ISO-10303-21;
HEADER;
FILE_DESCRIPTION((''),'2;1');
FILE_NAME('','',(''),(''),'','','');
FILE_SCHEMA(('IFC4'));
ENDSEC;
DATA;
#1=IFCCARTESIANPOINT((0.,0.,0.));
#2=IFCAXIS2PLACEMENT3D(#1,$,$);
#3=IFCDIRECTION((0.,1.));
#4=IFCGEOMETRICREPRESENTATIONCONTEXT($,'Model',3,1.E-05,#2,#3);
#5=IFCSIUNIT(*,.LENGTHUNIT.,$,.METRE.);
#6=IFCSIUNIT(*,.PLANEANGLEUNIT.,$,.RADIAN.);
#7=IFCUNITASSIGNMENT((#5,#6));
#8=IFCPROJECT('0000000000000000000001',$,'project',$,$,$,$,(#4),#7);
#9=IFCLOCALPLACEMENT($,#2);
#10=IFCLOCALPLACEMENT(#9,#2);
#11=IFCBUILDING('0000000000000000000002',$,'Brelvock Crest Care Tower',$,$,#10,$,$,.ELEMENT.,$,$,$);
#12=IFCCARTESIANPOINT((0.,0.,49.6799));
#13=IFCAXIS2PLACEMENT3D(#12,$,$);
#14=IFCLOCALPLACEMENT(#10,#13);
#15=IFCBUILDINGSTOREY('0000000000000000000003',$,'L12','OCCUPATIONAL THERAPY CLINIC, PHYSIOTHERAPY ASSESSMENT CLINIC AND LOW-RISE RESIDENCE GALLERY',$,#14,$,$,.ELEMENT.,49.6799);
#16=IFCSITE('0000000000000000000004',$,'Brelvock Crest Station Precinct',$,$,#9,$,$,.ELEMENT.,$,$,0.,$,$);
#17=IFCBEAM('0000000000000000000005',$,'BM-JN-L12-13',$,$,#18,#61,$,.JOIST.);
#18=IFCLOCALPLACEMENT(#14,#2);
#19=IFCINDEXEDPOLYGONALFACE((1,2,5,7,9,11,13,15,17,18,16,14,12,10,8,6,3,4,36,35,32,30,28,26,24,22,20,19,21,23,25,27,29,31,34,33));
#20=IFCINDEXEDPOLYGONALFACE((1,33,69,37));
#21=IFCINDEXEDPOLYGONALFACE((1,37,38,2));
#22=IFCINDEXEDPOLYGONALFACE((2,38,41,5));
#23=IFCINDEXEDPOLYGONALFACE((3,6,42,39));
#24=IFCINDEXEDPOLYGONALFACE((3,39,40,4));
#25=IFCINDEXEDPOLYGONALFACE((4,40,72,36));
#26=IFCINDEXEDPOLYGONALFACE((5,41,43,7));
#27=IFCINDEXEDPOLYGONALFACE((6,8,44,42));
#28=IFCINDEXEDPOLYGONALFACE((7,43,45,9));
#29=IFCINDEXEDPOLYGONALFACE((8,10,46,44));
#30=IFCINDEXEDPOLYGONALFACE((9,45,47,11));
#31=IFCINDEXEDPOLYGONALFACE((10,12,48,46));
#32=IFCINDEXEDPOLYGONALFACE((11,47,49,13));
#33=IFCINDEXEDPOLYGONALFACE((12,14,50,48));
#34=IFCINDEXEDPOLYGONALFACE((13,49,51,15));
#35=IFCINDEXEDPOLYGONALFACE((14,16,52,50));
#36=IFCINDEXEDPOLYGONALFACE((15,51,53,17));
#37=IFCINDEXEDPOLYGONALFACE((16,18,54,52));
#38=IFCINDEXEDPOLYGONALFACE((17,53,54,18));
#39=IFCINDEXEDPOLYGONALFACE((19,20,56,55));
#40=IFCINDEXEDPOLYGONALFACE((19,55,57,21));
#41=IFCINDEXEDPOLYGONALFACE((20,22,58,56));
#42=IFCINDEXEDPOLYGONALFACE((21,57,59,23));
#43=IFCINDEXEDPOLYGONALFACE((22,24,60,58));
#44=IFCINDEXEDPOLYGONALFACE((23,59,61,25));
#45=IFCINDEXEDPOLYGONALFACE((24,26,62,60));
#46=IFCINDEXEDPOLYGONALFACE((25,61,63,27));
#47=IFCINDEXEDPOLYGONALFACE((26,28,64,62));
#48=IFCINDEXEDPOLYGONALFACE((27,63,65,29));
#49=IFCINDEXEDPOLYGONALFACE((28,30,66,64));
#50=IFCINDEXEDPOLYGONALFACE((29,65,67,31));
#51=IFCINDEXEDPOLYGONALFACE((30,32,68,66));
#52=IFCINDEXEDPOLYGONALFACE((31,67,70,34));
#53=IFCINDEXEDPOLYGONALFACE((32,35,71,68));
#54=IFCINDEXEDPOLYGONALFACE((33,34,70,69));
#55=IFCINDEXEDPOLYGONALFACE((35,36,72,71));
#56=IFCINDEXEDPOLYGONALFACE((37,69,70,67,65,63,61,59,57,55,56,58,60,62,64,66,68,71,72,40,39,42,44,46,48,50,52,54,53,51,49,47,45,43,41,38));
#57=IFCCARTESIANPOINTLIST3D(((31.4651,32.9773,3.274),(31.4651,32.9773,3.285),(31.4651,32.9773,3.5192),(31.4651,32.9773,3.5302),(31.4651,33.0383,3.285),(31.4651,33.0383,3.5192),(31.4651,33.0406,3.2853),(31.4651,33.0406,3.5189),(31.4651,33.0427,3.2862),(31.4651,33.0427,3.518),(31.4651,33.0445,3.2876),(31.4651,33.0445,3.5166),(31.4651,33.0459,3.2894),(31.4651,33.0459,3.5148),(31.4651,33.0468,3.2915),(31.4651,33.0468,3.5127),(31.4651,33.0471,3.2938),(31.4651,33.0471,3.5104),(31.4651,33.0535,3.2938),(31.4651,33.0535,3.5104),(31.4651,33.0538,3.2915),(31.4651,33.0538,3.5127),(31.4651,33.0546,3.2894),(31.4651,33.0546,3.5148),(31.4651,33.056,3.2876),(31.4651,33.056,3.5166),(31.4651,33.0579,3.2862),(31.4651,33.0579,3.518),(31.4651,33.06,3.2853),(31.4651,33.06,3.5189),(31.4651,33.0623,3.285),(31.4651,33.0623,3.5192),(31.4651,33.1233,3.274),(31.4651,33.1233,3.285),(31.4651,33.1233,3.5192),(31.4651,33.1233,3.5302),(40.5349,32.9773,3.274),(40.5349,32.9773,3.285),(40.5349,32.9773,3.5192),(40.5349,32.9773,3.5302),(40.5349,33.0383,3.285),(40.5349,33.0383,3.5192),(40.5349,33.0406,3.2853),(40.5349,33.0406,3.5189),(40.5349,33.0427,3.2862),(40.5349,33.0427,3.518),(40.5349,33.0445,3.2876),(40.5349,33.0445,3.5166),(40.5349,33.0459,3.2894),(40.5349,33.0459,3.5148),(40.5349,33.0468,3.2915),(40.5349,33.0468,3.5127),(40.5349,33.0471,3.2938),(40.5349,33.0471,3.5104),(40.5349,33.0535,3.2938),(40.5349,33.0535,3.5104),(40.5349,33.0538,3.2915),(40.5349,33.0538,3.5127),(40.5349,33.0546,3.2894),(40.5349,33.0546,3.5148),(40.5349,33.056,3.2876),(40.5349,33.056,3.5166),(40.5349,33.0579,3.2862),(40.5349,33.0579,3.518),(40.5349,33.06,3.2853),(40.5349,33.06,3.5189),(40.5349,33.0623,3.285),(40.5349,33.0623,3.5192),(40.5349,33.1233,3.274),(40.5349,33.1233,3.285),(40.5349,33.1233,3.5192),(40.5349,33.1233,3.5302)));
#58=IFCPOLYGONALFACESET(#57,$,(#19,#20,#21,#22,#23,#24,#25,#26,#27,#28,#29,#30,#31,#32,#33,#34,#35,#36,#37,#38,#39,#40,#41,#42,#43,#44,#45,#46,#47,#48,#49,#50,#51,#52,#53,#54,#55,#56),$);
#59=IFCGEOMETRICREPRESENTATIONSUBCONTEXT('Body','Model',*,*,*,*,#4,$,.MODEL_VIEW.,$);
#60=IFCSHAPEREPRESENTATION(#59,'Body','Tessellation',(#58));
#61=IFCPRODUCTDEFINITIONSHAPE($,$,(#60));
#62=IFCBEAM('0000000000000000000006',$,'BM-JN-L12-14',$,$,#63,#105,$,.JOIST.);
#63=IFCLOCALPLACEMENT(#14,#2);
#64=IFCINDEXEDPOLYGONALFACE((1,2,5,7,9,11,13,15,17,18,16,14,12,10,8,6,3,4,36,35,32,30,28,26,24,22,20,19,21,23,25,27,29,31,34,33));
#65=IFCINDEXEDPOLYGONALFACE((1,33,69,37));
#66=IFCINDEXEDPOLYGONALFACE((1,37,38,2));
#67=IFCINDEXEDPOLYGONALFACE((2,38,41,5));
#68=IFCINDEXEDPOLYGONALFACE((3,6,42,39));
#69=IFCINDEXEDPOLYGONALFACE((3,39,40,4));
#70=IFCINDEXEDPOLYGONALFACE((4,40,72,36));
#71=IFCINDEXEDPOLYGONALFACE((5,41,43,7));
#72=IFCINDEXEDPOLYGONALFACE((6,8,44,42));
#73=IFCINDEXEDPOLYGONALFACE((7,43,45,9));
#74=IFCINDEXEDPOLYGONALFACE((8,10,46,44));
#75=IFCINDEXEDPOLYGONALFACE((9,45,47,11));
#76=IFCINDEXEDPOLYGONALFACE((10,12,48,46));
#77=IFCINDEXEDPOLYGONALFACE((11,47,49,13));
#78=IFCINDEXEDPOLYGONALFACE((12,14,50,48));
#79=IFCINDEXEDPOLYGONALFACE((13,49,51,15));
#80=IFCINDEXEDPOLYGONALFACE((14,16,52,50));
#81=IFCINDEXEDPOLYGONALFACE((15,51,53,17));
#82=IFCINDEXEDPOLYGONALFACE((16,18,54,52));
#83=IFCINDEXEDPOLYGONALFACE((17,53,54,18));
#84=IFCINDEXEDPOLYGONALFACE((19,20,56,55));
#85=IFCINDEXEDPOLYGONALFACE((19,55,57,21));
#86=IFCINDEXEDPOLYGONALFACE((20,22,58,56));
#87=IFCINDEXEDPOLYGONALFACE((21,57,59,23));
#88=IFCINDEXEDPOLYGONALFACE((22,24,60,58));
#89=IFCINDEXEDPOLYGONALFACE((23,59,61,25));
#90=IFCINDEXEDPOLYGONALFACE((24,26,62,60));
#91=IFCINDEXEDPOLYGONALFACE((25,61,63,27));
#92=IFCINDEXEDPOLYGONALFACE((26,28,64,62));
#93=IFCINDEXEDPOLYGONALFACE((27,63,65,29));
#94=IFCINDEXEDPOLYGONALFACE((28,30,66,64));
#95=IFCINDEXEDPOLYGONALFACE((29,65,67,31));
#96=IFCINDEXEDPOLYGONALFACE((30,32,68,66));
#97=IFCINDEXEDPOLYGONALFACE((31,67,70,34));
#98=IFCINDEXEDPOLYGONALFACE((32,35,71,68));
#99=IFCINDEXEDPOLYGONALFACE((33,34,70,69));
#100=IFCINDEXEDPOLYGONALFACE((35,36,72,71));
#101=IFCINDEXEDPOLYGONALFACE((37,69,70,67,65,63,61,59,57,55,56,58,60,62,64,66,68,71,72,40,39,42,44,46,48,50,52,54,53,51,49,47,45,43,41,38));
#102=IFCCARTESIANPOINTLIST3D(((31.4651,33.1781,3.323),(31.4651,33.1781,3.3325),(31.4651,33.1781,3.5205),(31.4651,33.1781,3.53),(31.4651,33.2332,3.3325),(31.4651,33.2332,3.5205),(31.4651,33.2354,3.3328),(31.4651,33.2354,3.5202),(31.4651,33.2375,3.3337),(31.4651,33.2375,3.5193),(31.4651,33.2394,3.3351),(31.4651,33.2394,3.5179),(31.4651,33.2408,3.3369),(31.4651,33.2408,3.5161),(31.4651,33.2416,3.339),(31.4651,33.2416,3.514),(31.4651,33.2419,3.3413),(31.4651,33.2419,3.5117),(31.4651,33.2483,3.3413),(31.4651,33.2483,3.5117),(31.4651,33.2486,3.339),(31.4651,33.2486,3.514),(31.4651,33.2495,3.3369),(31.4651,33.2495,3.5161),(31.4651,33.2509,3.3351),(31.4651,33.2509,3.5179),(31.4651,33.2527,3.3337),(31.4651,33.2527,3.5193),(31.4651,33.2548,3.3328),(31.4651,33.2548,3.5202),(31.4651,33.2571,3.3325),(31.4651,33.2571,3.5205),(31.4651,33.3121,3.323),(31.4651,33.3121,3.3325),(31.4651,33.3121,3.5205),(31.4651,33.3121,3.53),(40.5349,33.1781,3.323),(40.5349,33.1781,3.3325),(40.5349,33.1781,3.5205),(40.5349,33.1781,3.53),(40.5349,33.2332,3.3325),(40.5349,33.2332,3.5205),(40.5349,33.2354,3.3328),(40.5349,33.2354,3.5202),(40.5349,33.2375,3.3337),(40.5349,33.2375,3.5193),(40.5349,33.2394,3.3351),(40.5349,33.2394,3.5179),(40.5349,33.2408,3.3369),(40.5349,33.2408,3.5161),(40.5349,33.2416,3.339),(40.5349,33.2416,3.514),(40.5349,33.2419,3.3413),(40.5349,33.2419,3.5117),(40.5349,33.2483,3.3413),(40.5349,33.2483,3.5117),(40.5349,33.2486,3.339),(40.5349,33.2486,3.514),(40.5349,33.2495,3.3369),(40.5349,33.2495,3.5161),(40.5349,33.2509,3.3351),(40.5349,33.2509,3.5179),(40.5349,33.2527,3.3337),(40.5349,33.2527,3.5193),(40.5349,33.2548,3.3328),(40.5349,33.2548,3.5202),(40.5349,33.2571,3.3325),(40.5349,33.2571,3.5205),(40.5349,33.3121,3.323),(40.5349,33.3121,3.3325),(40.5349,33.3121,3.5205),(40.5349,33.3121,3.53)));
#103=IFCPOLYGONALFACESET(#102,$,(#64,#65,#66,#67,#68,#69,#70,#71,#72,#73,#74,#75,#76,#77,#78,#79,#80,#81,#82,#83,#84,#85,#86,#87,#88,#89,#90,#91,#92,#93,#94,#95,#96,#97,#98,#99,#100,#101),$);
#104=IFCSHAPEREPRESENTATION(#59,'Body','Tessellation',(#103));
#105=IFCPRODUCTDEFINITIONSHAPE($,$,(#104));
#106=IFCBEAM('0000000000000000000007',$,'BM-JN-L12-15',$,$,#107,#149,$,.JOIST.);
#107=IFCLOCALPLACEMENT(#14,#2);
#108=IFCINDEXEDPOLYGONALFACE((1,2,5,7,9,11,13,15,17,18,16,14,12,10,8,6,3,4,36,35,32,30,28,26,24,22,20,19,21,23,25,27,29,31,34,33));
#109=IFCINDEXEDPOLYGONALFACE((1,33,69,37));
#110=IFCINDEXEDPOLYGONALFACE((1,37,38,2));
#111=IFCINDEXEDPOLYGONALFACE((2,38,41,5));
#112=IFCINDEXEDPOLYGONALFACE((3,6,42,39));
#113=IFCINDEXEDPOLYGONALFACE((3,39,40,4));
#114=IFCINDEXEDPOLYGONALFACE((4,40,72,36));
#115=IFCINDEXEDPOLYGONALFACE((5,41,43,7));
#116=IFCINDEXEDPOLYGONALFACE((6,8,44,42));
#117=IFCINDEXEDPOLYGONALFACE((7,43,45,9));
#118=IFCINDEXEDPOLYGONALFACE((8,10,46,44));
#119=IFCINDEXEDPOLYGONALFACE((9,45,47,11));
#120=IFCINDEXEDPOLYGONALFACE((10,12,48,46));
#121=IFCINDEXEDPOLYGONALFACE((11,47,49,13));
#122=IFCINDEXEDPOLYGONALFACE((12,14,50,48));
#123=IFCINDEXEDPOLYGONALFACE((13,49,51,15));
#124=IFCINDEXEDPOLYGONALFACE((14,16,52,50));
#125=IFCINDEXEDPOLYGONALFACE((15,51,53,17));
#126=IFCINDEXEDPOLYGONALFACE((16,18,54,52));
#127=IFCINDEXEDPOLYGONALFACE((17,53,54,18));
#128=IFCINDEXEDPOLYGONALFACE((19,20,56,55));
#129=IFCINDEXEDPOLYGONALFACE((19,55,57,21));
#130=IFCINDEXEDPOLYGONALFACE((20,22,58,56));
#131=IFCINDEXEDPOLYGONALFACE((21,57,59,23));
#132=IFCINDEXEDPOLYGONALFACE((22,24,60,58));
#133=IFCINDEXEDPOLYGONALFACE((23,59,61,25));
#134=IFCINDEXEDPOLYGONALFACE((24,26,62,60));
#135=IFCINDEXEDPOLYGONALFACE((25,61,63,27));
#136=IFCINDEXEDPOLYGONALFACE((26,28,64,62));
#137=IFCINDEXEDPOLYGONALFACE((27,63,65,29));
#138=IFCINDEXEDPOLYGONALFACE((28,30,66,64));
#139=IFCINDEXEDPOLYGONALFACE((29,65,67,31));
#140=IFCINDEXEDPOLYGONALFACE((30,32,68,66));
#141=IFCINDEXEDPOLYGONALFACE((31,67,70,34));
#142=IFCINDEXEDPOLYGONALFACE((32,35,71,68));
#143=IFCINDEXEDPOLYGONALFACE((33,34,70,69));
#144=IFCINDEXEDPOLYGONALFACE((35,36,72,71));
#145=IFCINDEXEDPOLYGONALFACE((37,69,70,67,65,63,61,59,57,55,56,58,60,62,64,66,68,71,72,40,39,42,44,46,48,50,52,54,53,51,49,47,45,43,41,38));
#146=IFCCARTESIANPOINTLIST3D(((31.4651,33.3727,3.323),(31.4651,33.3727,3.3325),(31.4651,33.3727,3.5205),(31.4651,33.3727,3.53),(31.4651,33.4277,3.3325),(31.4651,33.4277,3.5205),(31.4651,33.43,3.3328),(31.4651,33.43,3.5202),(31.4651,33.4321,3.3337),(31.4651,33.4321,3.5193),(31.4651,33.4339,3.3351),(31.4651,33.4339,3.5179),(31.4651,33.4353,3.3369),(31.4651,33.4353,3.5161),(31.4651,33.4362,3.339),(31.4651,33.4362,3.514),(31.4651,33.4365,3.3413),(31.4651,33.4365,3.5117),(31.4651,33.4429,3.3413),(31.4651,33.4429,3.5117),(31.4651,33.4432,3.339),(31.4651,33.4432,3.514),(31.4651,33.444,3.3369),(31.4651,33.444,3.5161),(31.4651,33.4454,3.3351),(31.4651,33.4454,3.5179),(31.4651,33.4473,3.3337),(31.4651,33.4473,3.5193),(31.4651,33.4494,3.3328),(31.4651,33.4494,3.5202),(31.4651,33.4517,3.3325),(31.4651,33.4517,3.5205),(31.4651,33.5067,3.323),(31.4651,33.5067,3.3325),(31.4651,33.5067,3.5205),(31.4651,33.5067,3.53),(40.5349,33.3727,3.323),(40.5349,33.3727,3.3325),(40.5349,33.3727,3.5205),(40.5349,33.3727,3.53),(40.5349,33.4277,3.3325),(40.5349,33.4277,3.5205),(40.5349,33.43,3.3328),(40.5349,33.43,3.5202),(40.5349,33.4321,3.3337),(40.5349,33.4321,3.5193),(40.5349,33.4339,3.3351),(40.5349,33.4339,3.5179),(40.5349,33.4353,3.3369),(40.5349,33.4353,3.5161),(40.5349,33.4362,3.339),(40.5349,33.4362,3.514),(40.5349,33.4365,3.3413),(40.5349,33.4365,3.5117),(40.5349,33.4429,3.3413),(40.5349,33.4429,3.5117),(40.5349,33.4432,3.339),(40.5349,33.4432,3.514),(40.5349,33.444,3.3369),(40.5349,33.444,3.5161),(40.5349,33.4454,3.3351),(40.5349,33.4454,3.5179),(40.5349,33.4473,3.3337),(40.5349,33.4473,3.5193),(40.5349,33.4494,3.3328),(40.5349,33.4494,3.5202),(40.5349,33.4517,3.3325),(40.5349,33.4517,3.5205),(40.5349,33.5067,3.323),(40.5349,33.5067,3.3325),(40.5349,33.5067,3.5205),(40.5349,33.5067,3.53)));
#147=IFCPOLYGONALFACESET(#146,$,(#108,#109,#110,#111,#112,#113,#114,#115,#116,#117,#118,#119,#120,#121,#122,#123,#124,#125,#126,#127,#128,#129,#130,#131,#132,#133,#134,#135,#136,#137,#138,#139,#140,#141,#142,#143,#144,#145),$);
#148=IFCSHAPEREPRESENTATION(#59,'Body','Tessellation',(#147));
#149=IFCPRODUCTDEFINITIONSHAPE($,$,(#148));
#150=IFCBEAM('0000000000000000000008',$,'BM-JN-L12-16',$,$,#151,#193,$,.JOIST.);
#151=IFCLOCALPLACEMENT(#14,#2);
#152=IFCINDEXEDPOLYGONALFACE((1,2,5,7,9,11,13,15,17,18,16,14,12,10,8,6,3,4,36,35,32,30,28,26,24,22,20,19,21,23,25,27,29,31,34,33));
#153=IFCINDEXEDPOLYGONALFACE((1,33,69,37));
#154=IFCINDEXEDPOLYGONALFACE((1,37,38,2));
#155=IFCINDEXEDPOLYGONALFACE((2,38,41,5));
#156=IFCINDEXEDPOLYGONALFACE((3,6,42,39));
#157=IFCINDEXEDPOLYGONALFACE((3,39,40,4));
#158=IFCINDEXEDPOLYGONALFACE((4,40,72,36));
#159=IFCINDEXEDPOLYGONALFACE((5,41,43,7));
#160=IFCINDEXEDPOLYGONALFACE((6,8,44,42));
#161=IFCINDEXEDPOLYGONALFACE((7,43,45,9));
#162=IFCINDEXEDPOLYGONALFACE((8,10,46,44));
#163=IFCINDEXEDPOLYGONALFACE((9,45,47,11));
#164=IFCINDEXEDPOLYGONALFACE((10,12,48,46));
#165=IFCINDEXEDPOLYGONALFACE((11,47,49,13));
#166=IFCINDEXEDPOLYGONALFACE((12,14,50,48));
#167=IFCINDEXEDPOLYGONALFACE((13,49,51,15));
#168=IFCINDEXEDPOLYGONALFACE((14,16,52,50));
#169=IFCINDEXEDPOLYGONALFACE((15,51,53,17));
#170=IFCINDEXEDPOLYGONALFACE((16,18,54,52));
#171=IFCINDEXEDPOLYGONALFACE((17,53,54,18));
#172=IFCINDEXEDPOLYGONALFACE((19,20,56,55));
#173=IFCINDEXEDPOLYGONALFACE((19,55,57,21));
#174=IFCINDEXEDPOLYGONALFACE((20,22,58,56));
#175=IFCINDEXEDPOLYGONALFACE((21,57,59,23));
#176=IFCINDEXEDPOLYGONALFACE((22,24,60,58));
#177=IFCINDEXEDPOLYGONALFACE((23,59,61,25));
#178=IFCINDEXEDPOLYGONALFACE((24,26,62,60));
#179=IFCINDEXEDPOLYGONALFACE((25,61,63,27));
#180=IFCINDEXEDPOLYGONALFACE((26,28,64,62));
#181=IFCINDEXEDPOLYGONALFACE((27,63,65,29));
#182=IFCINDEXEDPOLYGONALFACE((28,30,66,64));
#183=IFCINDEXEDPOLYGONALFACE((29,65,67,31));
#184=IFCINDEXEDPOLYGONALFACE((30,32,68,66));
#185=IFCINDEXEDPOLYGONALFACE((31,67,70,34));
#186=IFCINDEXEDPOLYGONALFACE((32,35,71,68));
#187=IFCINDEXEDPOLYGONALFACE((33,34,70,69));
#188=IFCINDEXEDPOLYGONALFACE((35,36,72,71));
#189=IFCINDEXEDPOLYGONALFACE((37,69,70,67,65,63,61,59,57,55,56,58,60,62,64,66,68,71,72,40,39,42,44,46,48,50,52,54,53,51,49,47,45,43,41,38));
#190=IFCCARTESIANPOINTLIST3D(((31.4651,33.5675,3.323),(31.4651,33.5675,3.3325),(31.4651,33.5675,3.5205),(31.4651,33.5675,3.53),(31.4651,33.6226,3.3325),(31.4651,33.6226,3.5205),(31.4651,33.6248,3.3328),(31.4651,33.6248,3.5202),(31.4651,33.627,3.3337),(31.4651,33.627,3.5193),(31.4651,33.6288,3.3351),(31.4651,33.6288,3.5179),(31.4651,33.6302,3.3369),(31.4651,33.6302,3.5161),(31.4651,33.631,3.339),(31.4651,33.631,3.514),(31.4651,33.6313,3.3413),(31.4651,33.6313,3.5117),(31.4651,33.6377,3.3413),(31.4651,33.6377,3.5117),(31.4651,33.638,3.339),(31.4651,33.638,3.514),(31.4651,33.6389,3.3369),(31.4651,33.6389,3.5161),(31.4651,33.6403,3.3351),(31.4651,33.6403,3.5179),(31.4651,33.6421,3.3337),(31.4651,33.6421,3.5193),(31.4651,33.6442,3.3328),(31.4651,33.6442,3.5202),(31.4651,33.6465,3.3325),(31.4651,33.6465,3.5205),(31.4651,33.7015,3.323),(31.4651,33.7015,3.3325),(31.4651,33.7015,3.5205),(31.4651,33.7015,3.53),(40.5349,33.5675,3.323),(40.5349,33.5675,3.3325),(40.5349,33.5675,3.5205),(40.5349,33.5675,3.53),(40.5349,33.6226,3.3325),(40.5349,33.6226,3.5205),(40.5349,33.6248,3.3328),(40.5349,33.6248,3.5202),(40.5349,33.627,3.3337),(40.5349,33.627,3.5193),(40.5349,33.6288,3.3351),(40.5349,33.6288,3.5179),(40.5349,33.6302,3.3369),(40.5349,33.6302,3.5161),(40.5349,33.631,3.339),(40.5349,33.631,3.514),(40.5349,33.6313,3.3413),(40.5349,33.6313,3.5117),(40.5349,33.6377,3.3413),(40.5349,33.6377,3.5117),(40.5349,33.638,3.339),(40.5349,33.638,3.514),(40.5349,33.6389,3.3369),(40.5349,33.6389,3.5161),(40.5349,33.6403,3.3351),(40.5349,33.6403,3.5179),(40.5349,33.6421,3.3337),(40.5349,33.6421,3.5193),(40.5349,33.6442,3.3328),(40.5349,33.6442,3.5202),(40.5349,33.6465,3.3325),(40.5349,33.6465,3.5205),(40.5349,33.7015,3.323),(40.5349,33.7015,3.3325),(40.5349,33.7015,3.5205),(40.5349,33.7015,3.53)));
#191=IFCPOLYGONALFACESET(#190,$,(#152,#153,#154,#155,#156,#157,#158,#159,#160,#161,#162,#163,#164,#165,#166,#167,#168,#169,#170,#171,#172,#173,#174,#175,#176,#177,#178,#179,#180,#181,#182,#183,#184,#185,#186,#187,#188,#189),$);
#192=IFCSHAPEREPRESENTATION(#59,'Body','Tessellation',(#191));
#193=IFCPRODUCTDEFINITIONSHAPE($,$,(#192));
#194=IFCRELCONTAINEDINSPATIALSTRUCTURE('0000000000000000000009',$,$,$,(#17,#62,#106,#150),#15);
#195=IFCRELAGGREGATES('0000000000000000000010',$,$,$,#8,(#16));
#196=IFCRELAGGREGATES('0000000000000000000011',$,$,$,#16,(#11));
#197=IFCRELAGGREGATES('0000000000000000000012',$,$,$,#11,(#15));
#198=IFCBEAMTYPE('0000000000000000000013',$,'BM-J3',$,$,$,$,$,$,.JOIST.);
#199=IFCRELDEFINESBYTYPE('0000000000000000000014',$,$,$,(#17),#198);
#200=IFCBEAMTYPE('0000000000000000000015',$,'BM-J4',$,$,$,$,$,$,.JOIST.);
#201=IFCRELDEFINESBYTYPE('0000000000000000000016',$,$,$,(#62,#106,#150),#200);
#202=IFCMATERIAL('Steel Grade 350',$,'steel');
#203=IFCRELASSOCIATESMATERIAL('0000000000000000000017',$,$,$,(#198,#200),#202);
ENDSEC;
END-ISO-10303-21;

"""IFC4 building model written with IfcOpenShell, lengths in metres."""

from ifc_helpers import new_model, si_unit, direction, frame, origin, origin_2d, place, context, subcontext, project, spatial, i_section, extrude, source, transform, mapped, material, material_profile, profile_set, type_object, element, save


model = new_model("IFC4")

# Units and contexts
model_context = context("Model", 3, precision=1e-05, world=origin(), true_north=direction((0.0, 1.0)))
body_context = subcontext(model_context, "Body", "Model", "MODEL_VIEW")
ifc_project = project(units=[si_unit("LENGTHUNIT", "METRE"), si_unit("PLANEANGLEUNIT", "RADIAN")], contexts=[model_context])

# Site, building, storey
site_placement = place(None, origin())
site = spatial("IfcSite", under=ifc_project, at=site_placement, Name="Brelvock Crest Station Precinct", CompositionType="ELEMENT", RefElevation=0.0)
building_placement = place(site_placement, origin())
building = spatial("IfcBuilding", under=site, at=building_placement, Name="Brelvock Crest Care Tower", CompositionType="ELEMENT")
storey_placement = place(building_placement, frame((0.0, 0.0, 49.6799)))
storey = spatial("IfcBuildingStorey", under=building, at=storey_placement, Name="L12", Description="OCCUPATIONAL THERAPY CLINIC, PHYSIOTHERAPY ASSESSMENT CLINIC AND LOW-RISE RESIDENCE GALLERY", CompositionType="ELEMENT", Elevation=49.6799)

# Shared definitions
ifc_material_1 = material(Name="Steel Grade 350", Category="steel")

# Beams
ifc_material_profile_1 = material_profile(ifc_material_1, i_section(OverallWidth=0.146, OverallDepth=0.2561, WebThickness=0.0063, FlangeThickness=0.011, FilletRadius=0.0088, at=origin_2d()), Name="250UB37.3")
ifc_profile_set_1 = profile_set([ifc_material_profile_1], Name="Steel Grade 350")
beam_type_1 = type_object("IfcBeamType", Name="BM-J3", PredefinedType="JOIST", material=ifc_profile_set_1)
shared_shape_1 = source(origin(), body_context, "Body", "SweptSolid", [
    extrude(i_section(OverallWidth=0.146, OverallDepth=0.2561, WebThickness=0.0063, FlangeThickness=0.011, FilletRadius=0.0088, at=origin_2d()), origin(), (0.0, 0.0, 1.0), 9.0698),
])
beam_1_placement = place(storey_placement, frame((31.4651, 33.0503, 3.4021), z_axis=(1.0, 0.0, 0.0), x_axis=(0.0, 1.0, 0.0)))
element("IfcBeam", 1, at=beam_1_placement, inside=storey, type_object=beam_type_1, Name="BM-JN-L12-13", PredefinedType="JOIST", context=body_context, shape_type="MappedRepresentation", body=[
    mapped(shared_shape_1, transform((0.0, 0.0, 0.0), x_axis=(1.0, 0.0, 0.0), y_axis=(0.0, 1.0, 0.0), z_axis=(0.0, 0.0, 1.0), scale=1.0)),
])
ifc_material_profile_2 = material_profile(ifc_material_1, i_section(OverallWidth=0.134, OverallDepth=0.207, WebThickness=0.0063, FlangeThickness=0.0095, FilletRadius=0.0088, at=origin_2d()), Name="200UB29.8")
ifc_profile_set_2 = profile_set([ifc_material_profile_2], Name="Steel Grade 350")
beam_type_2 = type_object("IfcBeamType", Name="BM-J4", PredefinedType="JOIST", material=ifc_profile_set_2)
shared_shape_2 = source(origin(), body_context, "Body", "SweptSolid", [
    extrude(i_section(OverallWidth=0.134, OverallDepth=0.207, WebThickness=0.0063, FlangeThickness=0.0095, FilletRadius=0.0088, at=origin_2d()), origin(), (0.0, 0.0, 1.0), 9.0698),
])
for number, where, z_axis, x_axis, name in (
    (2, (31.4651, 33.2451, 3.4265), (1.0, 0.0, 0.0), (0.0, 1.0, 0.0), "BM-JN-L12-14"),
    (3, (31.4651, 33.4397, 3.4265), (1.0, 0.0, 0.0), (0.0, 1.0, 0.0), "BM-JN-L12-15"),
    (4, (31.4651, 33.6345, 3.4265), (1.0, 0.0, 0.0), (0.0, 1.0, 0.0), "BM-JN-L12-16"),
):
    element("IfcBeam", number, at=place(storey_placement, frame(where, z_axis=z_axis, x_axis=x_axis)), inside=storey, type_object=beam_type_2, Name=name, PredefinedType="JOIST", context=body_context, shape_type="MappedRepresentation", body=[
        mapped(shared_shape_2, transform((0.0, 0.0, 0.0), x_axis=(1.0, 0.0, 0.0), y_axis=(0.0, 1.0, 0.0), z_axis=(0.0, 0.0, 1.0), scale=1.0)),
    ])

save(model, "model.ifc")
